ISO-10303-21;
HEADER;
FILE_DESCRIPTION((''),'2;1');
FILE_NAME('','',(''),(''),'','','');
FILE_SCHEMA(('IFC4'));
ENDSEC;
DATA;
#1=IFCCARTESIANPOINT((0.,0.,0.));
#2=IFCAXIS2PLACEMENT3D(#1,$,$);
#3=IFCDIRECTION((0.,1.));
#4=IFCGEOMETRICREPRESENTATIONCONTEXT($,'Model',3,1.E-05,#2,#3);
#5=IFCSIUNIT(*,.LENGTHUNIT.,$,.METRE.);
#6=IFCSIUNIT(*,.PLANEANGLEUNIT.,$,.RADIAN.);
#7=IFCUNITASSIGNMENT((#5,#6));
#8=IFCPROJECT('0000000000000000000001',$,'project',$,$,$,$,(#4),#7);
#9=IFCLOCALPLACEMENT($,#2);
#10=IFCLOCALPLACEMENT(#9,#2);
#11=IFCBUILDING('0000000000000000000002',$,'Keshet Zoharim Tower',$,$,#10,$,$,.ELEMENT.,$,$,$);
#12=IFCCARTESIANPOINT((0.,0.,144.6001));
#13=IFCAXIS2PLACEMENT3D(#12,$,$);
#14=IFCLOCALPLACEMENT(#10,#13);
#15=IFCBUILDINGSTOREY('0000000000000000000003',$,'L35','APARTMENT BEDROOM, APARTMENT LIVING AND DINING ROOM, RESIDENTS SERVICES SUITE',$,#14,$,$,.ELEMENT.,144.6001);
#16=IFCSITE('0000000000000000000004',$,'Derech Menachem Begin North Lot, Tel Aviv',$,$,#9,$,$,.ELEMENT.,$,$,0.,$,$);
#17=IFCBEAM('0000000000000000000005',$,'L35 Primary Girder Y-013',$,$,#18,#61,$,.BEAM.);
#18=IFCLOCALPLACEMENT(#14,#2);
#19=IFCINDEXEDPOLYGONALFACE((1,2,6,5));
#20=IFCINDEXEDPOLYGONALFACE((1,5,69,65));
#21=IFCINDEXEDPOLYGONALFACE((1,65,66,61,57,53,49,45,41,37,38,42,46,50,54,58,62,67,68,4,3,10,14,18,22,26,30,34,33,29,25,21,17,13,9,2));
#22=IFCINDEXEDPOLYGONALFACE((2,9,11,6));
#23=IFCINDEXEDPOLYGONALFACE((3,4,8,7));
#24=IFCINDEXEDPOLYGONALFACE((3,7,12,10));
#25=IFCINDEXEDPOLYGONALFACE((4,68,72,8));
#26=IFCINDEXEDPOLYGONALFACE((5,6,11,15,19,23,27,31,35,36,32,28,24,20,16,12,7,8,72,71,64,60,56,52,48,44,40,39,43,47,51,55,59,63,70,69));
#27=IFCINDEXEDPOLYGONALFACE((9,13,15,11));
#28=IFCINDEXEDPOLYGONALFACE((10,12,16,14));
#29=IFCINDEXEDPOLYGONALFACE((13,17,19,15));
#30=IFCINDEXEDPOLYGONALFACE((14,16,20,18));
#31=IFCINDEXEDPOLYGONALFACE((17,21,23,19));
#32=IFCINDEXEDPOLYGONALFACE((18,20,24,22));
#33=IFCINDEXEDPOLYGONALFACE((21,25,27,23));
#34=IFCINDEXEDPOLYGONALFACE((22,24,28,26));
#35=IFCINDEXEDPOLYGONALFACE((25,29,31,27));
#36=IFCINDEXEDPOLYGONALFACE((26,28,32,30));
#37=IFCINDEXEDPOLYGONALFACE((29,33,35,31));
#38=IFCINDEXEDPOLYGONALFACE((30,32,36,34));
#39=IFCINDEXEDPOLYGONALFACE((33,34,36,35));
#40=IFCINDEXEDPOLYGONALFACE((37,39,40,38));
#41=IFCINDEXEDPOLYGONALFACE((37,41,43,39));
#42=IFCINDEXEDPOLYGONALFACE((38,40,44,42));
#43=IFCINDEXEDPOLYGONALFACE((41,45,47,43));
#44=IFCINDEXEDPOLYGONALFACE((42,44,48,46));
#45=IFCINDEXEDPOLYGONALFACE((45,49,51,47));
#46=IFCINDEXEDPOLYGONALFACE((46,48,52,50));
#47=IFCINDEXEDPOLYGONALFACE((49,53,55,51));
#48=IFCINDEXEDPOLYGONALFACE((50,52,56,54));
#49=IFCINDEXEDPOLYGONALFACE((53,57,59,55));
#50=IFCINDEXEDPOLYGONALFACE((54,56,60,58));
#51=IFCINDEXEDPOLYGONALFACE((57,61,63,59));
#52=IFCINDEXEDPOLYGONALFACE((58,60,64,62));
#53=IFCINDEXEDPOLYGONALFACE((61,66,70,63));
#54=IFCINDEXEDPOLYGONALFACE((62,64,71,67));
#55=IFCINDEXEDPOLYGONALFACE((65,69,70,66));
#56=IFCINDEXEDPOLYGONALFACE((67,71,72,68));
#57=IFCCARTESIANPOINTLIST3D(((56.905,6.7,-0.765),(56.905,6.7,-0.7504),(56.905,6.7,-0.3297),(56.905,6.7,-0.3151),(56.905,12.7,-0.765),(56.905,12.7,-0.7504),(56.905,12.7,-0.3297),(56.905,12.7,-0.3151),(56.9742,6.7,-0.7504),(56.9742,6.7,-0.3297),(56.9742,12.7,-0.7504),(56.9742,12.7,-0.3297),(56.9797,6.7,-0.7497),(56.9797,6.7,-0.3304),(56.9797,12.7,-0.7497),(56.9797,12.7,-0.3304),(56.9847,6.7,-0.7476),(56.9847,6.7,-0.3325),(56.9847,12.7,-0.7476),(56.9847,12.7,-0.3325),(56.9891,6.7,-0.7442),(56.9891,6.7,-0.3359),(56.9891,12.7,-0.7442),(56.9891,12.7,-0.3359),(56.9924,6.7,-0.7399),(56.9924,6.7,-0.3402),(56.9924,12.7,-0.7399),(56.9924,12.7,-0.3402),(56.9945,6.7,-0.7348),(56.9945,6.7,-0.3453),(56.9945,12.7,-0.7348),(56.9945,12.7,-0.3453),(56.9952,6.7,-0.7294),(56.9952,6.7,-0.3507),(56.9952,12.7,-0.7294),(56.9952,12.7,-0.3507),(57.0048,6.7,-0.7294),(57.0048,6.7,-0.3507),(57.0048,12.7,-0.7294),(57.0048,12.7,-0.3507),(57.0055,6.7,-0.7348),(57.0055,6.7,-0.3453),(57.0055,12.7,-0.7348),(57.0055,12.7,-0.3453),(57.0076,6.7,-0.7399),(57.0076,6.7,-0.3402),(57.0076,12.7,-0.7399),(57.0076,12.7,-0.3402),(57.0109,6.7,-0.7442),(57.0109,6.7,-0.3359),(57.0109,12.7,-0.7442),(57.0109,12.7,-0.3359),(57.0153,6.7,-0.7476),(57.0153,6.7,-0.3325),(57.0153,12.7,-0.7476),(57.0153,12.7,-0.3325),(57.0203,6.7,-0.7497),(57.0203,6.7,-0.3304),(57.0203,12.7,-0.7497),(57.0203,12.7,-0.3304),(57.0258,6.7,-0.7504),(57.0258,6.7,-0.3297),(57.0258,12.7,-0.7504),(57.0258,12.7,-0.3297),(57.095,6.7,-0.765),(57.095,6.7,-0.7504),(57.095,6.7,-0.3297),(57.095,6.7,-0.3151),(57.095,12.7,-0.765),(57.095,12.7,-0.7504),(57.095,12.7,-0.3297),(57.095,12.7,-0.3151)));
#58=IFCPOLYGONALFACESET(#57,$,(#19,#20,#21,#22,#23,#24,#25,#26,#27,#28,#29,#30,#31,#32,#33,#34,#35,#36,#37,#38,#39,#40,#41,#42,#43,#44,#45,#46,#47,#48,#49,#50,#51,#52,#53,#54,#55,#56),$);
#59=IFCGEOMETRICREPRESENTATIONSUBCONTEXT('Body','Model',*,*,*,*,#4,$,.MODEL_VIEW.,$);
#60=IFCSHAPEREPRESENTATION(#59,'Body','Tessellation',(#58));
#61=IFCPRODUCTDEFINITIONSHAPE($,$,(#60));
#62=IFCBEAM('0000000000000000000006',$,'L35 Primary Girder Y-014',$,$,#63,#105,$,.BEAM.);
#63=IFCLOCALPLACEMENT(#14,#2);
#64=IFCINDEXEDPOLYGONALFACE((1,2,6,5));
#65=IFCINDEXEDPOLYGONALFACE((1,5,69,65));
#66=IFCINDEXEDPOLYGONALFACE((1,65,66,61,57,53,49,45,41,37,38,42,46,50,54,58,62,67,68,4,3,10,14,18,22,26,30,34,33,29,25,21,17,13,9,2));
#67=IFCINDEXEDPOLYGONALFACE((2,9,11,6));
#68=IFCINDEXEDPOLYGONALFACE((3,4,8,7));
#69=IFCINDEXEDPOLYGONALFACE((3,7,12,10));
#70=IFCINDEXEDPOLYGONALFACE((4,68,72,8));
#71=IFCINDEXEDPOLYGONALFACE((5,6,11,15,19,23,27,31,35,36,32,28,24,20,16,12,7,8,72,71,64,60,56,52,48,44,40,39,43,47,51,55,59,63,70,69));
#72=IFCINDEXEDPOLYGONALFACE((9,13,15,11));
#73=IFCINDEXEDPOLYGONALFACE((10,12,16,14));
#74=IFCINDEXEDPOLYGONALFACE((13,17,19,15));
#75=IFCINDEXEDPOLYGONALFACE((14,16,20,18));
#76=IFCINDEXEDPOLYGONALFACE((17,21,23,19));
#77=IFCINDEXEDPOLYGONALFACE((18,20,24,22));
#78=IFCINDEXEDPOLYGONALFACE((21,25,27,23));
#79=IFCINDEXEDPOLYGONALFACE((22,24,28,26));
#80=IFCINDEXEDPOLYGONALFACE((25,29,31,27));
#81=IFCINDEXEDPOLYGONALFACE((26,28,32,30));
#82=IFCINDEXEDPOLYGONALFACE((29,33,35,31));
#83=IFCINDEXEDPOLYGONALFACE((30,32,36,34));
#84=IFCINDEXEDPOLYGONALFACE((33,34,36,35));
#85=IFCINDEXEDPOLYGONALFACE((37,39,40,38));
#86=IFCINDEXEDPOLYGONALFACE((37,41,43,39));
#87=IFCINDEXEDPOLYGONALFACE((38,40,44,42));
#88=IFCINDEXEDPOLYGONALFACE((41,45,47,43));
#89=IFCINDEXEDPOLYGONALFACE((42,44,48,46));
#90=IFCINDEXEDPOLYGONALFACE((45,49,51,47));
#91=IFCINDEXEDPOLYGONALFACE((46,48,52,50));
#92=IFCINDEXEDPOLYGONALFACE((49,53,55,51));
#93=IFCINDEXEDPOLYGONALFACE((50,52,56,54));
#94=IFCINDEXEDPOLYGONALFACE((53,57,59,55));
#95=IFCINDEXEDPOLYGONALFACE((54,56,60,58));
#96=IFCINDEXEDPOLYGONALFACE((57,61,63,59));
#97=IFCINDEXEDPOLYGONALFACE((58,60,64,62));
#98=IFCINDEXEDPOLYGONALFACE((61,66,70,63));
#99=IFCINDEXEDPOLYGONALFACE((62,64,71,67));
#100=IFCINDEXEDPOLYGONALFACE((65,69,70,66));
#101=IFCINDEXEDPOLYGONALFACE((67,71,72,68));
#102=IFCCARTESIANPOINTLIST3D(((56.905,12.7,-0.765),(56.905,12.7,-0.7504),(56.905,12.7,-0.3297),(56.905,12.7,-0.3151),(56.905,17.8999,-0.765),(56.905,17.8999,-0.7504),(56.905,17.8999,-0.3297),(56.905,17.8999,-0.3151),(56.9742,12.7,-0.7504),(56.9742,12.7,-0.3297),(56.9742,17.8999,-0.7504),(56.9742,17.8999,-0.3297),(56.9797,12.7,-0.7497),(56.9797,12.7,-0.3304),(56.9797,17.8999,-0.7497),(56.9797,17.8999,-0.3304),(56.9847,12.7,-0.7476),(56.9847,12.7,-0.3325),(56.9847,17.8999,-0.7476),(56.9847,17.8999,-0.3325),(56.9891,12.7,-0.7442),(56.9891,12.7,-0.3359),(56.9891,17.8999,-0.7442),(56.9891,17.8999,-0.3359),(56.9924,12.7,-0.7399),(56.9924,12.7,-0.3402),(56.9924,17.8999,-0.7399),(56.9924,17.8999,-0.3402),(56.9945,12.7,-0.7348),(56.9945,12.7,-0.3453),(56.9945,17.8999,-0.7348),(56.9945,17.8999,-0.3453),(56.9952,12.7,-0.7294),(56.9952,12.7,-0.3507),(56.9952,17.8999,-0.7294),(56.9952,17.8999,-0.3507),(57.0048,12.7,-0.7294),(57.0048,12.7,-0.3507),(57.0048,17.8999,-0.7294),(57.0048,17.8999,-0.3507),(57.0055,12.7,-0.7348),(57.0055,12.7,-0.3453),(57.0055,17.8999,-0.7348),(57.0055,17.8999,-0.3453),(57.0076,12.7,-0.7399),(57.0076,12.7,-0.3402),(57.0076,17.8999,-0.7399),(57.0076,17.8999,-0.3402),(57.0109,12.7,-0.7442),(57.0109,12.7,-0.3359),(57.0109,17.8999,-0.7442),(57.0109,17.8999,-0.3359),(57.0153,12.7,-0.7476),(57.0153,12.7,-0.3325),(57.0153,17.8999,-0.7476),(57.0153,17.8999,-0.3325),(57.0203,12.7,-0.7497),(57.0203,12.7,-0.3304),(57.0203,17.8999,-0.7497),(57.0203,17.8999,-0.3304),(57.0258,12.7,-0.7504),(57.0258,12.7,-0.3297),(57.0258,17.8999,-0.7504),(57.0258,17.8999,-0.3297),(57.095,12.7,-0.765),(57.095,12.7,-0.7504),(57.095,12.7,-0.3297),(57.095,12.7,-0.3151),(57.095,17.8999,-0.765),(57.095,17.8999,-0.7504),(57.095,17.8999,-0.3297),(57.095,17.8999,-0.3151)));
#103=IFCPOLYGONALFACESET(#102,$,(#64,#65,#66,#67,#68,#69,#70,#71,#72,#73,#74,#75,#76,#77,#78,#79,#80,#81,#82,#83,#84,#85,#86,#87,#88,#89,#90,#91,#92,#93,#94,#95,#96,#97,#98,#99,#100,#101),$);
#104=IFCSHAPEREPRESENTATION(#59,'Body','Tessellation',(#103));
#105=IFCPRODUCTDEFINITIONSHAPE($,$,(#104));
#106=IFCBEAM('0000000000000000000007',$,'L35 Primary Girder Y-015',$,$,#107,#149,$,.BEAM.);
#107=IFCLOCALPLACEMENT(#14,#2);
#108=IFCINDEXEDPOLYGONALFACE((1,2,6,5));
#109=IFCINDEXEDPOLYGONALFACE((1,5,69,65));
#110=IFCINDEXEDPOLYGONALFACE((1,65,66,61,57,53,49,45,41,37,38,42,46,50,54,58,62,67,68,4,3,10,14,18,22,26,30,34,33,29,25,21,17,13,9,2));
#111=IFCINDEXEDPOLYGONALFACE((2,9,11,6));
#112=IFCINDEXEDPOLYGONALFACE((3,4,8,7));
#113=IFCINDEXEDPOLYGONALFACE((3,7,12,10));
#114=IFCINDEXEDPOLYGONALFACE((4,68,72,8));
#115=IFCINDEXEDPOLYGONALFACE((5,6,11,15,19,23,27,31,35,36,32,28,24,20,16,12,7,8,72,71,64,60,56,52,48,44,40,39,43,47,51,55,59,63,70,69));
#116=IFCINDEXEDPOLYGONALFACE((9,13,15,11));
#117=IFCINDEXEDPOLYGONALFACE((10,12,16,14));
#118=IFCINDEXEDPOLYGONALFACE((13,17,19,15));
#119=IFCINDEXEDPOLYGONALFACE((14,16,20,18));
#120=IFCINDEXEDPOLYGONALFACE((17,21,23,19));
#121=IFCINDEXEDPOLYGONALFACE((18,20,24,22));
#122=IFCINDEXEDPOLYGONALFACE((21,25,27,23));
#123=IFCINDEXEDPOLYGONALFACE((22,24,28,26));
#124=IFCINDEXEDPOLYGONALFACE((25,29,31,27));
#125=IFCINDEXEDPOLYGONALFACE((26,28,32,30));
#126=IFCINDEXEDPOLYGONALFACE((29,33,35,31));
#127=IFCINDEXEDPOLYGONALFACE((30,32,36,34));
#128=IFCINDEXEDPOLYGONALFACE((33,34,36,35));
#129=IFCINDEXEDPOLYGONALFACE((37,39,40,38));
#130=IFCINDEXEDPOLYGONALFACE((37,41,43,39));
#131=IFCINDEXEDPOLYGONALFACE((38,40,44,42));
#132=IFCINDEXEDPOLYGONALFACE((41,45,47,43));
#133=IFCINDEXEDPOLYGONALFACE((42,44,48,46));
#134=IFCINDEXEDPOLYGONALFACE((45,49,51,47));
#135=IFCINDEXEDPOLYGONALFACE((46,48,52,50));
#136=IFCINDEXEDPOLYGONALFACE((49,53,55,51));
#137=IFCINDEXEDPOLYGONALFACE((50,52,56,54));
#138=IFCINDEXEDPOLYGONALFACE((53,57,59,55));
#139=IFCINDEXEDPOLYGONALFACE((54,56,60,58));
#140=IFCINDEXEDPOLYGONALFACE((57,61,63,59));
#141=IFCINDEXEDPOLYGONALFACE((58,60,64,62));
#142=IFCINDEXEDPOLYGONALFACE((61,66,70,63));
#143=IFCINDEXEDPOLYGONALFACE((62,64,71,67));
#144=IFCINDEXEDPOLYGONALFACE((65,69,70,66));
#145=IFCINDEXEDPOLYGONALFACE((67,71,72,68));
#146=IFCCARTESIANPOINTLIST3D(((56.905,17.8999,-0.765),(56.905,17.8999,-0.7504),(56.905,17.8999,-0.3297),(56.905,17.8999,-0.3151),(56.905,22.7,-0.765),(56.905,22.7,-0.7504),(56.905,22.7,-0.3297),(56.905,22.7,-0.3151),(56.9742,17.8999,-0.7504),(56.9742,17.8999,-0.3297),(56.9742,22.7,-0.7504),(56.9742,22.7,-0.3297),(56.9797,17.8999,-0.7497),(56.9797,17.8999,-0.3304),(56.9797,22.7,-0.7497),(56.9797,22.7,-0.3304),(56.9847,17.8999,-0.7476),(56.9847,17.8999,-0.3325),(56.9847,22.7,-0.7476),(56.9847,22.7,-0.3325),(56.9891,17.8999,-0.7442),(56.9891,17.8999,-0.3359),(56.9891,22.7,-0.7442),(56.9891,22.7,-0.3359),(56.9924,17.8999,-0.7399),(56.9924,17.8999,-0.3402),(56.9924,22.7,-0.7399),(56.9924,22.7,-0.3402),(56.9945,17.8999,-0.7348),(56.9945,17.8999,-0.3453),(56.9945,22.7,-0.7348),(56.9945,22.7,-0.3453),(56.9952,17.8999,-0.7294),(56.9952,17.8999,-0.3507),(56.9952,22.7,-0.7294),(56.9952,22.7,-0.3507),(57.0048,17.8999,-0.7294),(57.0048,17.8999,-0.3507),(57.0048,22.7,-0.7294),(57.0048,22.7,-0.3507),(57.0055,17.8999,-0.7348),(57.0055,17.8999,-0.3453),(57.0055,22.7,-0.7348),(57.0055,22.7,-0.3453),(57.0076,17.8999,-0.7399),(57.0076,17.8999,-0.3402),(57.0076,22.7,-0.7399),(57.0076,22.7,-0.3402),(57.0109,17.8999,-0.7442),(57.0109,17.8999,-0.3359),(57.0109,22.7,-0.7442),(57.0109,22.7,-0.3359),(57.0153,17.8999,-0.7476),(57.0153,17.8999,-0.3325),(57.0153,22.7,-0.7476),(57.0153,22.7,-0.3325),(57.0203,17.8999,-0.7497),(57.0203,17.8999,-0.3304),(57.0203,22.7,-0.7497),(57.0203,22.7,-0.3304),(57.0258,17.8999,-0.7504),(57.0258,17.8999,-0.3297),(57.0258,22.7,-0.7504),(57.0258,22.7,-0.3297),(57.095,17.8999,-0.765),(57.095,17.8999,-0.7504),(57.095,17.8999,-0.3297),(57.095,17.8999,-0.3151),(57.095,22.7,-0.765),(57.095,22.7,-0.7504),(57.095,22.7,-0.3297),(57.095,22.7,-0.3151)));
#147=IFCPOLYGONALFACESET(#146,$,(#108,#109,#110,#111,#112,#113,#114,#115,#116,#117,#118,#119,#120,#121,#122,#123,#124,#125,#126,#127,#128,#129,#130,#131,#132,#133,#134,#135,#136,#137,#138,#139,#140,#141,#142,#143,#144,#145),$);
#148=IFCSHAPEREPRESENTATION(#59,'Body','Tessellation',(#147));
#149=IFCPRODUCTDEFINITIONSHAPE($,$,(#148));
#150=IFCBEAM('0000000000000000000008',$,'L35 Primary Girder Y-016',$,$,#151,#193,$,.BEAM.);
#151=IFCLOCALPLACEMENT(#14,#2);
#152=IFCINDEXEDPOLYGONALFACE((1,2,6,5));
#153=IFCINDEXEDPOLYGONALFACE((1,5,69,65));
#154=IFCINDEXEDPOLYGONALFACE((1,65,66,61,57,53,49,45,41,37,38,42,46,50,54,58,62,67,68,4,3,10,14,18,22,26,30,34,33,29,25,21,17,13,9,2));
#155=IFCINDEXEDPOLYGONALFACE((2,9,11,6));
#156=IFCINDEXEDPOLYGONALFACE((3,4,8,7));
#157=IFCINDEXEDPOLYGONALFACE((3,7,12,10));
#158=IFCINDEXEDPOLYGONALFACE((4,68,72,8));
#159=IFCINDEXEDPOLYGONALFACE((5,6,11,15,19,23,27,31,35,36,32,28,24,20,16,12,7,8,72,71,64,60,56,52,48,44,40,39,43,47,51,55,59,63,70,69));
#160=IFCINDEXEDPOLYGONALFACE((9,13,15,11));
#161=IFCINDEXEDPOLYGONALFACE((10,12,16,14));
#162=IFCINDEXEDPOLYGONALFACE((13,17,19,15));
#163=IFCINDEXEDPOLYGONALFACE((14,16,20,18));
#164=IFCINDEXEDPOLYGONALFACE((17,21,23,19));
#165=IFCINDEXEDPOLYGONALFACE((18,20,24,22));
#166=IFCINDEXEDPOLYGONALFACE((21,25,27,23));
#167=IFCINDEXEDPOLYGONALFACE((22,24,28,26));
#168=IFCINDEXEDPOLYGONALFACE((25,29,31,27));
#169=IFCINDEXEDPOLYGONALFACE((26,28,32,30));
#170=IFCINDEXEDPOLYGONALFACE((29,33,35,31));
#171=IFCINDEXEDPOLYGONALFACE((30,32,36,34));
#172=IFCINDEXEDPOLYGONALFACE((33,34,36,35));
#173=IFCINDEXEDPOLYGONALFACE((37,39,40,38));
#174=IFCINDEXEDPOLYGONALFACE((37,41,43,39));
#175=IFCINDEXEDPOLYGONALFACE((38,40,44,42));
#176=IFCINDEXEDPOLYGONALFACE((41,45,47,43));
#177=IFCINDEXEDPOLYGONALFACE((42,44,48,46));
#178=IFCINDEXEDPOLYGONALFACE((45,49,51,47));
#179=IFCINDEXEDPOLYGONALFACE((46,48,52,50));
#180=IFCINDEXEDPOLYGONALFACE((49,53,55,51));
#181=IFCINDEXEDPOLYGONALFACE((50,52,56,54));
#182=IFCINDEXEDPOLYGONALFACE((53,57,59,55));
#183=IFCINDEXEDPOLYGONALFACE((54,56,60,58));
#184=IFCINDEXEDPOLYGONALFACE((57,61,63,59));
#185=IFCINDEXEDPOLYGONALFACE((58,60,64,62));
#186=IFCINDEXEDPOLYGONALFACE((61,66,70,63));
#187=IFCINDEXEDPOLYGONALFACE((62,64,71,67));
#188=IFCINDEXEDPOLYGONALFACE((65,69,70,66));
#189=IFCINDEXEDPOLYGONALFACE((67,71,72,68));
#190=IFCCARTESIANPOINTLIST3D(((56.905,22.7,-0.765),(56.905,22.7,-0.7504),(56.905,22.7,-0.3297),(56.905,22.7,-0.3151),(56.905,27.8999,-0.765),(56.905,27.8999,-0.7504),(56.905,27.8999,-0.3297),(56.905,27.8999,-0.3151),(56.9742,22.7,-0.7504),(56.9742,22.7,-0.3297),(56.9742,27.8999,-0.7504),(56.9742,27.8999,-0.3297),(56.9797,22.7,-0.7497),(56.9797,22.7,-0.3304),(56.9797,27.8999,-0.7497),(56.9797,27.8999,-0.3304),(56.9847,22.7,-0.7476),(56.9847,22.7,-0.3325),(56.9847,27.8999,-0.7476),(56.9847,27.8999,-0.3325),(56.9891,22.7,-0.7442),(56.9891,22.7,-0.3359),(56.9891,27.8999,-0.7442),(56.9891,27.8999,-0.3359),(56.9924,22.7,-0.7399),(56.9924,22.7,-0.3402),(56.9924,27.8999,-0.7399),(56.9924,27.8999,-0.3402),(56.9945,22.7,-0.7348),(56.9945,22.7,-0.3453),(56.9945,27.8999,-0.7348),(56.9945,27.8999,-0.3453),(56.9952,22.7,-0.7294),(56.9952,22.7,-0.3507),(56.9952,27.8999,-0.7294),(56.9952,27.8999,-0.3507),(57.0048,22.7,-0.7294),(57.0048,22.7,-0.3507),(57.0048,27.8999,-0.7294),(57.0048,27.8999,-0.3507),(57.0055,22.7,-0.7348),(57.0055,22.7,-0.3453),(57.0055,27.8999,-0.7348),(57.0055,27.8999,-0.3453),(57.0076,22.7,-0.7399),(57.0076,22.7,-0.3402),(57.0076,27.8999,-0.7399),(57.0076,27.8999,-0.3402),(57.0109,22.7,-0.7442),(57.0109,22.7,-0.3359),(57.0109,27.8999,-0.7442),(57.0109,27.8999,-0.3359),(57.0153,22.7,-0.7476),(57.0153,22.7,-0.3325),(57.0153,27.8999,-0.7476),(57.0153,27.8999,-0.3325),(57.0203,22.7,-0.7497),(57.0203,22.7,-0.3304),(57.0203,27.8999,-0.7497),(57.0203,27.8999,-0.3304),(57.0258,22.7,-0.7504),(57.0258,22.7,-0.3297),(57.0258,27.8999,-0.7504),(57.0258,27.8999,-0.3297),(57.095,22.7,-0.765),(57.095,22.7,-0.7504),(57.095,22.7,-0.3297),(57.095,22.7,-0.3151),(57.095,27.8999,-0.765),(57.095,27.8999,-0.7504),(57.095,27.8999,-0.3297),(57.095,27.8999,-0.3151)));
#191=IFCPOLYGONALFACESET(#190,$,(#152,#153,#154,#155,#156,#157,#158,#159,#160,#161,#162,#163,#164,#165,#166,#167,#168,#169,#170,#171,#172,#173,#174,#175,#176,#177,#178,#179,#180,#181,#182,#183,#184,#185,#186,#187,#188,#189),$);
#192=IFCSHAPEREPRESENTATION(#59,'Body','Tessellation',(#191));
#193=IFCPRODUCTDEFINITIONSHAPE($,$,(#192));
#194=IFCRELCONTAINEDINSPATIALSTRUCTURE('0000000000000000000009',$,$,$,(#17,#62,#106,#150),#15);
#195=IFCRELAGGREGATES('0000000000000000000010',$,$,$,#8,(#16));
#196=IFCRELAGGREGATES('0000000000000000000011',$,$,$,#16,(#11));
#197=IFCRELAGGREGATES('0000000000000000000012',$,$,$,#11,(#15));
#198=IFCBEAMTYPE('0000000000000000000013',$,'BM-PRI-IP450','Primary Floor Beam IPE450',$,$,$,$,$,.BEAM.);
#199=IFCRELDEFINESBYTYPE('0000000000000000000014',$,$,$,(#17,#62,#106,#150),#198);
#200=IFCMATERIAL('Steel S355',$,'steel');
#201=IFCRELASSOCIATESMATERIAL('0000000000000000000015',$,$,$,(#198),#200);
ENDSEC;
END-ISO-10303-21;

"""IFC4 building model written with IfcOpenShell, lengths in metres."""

from ifc_helpers import new_model, si_unit, direction, frame, origin, origin_2d, place, context, subcontext, project, spatial, i_section, extrude, material, material_profile, profile_set, type_object, element, save


model = new_model("IFC4")

# Units and contexts
model_context = context("Model", 3, precision=1e-05, world=origin(), true_north=direction((0.0, 1.0)))
body_context = subcontext(model_context, "Body", "Model", "MODEL_VIEW")
ifc_project = project(units=[si_unit("LENGTHUNIT", "METRE"), si_unit("PLANEANGLEUNIT", "RADIAN")], contexts=[model_context])

# Site, building, storey
site_placement = place(None, origin())
site = spatial("IfcSite", under=ifc_project, at=site_placement, Name="Derech Menachem Begin North Lot, Tel Aviv", CompositionType="ELEMENT", RefElevation=0.0)
building_placement = place(site_placement, origin())
building = spatial("IfcBuilding", under=site, at=building_placement, Name="Keshet Zoharim Tower", CompositionType="ELEMENT")
storey_placement = place(building_placement, frame((0.0, 0.0, 144.6001)))
storey = spatial("IfcBuildingStorey", under=building, at=storey_placement, Name="L35", Description="APARTMENT BEDROOM, APARTMENT LIVING AND DINING ROOM, RESIDENTS SERVICES SUITE", CompositionType="ELEMENT", Elevation=144.6001)

# Shared definitions
ifc_material_1 = material(Name="Steel S355", Category="steel")

# Beams
ifc_material_profile_1 = material_profile(ifc_material_1, i_section(OverallWidth=0.1899, OverallDepth=0.45, WebThickness=0.0095, FlangeThickness=0.0146, FilletRadius=0.021, at=origin_2d()), Name="IPE450")
ifc_profile_set_1 = profile_set([ifc_material_profile_1], Name="Steel S355")
beam_type = type_object("IfcBeamType", Name="BM-PRI-IP450", Description="Primary Floor Beam IPE450", PredefinedType="BEAM", material=ifc_profile_set_1)
beam_1_placement = place(storey_placement, frame((57.0, 6.7, -0.54), z_axis=(0.0, 1.0, 0.0), x_axis=(-1.0, 0.0, 0.0)))
element("IfcBeam", 1, at=beam_1_placement, inside=storey, type_object=beam_type, Name="L35 Primary Girder Y-013", PredefinedType="BEAM", context=body_context, shape_type="SweptSolid", body=[
    extrude(i_section(OverallWidth=0.1899, OverallDepth=0.45, WebThickness=0.0095, FlangeThickness=0.0146, FilletRadius=0.021, at=origin_2d()), origin(), (0.0, 0.0, 1.0), 6.0),
])
beam_2_placement = place(storey_placement, frame((57.0, 12.7, -0.54), z_axis=(0.0, 1.0, 0.0), x_axis=(-1.0, 0.0, 0.0)))
element("IfcBeam", 2, at=beam_2_placement, inside=storey, type_object=beam_type, Name="L35 Primary Girder Y-014", PredefinedType="BEAM", context=body_context, shape_type="SweptSolid", body=[
    extrude(i_section(OverallWidth=0.1899, OverallDepth=0.45, WebThickness=0.0095, FlangeThickness=0.0146, FilletRadius=0.021, at=origin_2d()), origin(), (0.0, 0.0, 1.0), 5.2),
])
beam_3_placement = place(storey_placement, frame((57.0, 17.8999, -0.54), z_axis=(0.0, 1.0, 0.0), x_axis=(-1.0, 0.0, 0.0)))
element("IfcBeam", 3, at=beam_3_placement, inside=storey, type_object=beam_type, Name="L35 Primary Girder Y-015", PredefinedType="BEAM", context=body_context, shape_type="SweptSolid", body=[
    extrude(i_section(OverallWidth=0.1899, OverallDepth=0.45, WebThickness=0.0095, FlangeThickness=0.0146, FilletRadius=0.021, at=origin_2d()), origin(), (0.0, 0.0, 1.0), 4.8),
])
beam_4_placement = place(storey_placement, frame((57.0, 22.7, -0.54), z_axis=(0.0, 1.0, 0.0), x_axis=(-1.0, 0.0, 0.0)))
element("IfcBeam", 4, at=beam_4_placement, inside=storey, type_object=beam_type, Name="L35 Primary Girder Y-016", PredefinedType="BEAM", context=body_context, shape_type="SweptSolid", body=[
    extrude(i_section(OverallWidth=0.1899, OverallDepth=0.45, WebThickness=0.0095, FlangeThickness=0.0146, FilletRadius=0.021, at=origin_2d()), origin(), (0.0, 0.0, 1.0), 5.2),
])

save(model, "model.ifc")
